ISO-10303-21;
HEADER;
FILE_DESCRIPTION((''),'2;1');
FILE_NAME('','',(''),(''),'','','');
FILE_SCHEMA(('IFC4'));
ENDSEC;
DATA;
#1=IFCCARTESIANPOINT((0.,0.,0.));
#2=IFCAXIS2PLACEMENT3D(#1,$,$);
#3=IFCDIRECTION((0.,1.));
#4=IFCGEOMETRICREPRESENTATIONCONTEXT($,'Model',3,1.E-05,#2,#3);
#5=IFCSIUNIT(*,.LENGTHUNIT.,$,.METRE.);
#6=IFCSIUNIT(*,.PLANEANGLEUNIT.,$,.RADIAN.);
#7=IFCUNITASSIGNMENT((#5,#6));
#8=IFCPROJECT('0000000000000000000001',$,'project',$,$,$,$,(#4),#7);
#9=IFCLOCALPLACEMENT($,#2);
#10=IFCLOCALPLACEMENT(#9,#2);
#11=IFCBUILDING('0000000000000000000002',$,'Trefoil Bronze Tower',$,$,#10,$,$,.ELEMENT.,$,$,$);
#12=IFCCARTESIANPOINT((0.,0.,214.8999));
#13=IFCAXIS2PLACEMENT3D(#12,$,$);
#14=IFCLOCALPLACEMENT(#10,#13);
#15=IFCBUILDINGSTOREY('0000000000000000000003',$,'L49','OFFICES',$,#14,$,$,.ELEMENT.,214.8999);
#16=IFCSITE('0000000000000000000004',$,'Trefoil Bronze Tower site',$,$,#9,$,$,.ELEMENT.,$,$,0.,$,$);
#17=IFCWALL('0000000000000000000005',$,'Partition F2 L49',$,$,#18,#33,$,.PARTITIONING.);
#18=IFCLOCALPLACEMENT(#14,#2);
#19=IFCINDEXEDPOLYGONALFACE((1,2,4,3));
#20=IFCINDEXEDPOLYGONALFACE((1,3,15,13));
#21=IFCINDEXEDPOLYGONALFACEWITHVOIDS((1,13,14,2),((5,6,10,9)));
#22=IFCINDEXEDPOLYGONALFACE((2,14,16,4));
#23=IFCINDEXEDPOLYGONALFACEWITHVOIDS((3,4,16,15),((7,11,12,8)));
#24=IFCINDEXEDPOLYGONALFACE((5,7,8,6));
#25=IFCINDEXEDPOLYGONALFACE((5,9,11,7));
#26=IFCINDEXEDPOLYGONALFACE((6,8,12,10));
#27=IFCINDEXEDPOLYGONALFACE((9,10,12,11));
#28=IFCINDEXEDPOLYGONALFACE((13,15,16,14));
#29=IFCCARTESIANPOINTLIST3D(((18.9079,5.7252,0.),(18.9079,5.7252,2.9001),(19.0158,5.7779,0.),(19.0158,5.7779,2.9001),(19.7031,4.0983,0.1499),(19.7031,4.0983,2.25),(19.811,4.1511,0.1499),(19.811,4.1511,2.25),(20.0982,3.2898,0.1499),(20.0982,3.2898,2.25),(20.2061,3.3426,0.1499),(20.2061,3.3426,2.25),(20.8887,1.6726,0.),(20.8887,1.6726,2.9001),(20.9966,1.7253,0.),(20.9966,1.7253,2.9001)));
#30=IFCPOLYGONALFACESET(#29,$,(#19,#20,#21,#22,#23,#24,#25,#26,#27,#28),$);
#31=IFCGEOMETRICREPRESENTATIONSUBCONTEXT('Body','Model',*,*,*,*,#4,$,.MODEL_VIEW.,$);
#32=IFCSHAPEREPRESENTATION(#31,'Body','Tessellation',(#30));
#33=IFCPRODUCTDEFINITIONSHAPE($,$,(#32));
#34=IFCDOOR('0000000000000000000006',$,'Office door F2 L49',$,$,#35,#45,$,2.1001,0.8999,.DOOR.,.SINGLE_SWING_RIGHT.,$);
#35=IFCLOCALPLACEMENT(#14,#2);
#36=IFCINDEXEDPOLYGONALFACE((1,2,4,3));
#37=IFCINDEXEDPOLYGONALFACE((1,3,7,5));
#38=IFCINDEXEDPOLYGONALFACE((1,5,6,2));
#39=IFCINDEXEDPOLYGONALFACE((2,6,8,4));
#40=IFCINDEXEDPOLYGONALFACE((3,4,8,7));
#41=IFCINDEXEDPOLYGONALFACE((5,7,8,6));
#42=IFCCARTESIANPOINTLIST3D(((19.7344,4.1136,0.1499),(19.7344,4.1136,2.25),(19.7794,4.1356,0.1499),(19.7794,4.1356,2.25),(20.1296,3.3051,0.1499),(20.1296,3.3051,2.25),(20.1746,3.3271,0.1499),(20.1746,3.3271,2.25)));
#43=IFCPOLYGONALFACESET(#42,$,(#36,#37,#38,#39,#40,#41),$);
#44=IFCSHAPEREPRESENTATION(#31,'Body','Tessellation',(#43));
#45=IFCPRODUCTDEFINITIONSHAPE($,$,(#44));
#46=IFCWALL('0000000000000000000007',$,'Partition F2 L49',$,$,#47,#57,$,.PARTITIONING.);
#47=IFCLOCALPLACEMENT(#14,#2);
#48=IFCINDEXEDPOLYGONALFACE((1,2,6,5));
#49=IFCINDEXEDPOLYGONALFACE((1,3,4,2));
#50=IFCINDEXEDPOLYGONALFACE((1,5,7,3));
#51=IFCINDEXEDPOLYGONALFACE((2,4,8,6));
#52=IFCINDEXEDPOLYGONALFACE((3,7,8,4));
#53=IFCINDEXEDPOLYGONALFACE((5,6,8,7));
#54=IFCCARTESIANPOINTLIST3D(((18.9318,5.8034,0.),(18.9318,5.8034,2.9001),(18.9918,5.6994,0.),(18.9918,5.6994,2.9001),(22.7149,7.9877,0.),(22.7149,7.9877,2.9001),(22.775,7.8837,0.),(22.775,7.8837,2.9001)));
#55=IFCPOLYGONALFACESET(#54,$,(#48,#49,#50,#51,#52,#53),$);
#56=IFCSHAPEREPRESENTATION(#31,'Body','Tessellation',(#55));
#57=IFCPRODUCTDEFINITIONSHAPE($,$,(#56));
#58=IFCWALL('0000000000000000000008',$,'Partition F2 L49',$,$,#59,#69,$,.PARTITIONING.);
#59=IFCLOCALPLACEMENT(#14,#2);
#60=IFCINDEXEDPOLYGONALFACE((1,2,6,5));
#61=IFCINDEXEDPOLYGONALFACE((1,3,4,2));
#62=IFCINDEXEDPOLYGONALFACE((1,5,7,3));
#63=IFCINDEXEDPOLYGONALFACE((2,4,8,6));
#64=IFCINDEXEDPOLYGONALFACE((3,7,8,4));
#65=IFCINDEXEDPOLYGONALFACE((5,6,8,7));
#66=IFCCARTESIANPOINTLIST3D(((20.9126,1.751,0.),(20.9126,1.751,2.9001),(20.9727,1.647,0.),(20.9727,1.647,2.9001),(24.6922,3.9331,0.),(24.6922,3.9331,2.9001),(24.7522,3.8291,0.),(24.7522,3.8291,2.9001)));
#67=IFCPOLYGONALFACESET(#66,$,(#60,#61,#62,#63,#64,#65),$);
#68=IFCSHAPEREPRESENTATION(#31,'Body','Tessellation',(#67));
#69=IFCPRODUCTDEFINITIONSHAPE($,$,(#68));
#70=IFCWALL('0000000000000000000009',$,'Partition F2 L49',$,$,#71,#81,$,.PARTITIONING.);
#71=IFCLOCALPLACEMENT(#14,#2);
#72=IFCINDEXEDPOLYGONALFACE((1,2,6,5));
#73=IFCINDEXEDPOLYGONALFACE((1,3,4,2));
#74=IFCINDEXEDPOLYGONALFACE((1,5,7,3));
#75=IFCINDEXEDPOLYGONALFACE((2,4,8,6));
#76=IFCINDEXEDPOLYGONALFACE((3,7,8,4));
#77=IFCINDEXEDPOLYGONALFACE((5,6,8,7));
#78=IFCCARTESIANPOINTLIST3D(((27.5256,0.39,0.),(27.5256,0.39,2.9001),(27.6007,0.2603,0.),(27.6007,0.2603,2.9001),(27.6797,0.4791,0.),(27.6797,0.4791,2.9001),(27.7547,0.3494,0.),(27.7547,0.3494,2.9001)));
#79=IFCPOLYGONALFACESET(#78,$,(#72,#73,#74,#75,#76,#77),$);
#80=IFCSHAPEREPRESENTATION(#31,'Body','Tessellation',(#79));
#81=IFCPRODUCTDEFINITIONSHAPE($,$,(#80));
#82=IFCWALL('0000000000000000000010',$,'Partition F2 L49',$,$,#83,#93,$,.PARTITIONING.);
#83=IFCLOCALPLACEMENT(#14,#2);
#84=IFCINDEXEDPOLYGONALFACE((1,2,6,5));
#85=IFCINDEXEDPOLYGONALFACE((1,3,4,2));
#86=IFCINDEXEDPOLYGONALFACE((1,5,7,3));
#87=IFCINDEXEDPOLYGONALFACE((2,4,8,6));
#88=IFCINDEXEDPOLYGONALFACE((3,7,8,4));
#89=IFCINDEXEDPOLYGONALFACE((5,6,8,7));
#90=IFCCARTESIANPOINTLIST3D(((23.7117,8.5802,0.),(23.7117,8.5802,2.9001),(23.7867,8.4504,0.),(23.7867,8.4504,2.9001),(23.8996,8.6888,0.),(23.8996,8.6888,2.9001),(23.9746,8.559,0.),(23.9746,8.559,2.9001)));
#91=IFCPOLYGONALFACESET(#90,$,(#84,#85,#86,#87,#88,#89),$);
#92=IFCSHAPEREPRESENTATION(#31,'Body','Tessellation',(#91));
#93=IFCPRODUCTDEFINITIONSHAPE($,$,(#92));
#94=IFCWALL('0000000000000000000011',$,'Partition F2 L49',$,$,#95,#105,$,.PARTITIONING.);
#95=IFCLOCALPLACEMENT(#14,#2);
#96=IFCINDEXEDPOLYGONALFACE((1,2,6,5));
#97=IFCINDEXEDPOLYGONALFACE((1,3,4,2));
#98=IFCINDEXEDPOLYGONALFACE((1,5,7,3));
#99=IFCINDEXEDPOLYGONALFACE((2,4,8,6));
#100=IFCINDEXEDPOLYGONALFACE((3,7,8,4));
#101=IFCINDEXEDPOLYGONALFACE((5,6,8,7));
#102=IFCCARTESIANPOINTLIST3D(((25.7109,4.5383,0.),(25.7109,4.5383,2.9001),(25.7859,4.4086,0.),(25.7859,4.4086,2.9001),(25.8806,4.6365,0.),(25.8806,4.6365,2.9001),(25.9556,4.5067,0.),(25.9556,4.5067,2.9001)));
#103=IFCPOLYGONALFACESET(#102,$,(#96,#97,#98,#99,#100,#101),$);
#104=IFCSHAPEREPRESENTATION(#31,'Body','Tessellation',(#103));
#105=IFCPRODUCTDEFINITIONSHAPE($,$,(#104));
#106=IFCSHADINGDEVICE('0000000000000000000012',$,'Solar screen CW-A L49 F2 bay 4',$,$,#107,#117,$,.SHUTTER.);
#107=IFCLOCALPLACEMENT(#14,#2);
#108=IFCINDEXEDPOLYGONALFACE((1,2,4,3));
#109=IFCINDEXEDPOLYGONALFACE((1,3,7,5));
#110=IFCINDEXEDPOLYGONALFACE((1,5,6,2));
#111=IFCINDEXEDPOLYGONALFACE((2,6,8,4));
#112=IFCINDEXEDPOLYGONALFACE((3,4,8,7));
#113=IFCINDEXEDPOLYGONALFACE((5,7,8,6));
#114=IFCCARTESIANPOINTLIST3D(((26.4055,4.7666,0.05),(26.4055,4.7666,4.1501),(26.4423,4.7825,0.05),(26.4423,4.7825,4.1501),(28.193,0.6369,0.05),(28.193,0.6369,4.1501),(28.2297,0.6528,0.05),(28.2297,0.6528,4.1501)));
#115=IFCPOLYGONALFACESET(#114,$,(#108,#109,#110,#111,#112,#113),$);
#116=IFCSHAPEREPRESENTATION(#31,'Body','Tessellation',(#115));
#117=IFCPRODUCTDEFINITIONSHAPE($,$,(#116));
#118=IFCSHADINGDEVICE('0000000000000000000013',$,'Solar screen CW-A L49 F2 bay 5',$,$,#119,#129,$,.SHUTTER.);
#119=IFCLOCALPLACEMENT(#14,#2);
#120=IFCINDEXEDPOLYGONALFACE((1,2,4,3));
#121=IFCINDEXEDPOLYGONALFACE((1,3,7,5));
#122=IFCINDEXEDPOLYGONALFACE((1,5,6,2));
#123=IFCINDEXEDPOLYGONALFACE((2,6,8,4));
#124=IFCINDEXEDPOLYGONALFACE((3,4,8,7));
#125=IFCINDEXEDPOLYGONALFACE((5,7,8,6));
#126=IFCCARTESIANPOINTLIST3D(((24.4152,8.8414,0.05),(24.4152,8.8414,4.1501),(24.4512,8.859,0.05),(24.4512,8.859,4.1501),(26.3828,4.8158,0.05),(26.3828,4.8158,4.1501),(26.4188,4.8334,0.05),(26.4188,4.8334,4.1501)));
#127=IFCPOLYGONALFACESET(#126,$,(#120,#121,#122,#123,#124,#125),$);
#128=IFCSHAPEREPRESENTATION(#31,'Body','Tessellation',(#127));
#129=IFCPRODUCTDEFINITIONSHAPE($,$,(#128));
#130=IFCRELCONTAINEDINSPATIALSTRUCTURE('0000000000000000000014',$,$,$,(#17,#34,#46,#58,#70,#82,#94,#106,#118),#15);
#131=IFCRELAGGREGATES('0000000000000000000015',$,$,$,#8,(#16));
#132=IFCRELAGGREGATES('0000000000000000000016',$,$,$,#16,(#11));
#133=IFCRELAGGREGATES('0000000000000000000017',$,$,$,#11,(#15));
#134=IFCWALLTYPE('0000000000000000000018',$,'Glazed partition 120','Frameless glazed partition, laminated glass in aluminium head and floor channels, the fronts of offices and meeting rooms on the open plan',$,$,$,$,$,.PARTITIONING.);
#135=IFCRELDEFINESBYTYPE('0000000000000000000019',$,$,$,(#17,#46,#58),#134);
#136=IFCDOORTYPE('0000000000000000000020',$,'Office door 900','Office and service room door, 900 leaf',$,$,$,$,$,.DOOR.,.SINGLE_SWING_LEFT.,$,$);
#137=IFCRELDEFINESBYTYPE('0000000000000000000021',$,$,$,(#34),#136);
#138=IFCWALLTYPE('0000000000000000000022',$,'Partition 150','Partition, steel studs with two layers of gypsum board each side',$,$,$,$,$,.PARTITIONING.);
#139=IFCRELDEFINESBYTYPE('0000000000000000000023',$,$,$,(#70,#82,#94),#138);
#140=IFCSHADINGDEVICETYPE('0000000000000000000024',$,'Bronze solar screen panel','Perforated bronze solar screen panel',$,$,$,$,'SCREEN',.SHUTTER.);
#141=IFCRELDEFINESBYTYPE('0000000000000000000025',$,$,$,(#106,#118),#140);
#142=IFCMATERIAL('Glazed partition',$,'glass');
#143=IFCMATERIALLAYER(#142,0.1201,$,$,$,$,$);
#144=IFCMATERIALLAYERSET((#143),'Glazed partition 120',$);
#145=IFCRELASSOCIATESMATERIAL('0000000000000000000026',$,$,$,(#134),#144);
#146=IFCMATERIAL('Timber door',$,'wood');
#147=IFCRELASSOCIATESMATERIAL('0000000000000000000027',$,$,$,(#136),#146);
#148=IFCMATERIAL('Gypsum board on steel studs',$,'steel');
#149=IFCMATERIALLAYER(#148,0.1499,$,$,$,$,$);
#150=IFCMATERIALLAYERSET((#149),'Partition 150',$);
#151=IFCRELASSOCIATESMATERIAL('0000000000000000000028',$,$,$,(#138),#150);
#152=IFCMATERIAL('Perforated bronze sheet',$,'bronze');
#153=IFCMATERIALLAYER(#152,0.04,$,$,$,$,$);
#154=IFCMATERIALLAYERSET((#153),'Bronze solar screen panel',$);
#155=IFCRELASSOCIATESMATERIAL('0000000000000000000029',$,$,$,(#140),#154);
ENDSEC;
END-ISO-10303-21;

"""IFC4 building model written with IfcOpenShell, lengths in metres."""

from ifc_helpers import new_model, si_unit, direction, frame, frame_2d, origin, origin_2d, place, context, subcontext, project, spatial, rectangle, extrude, material, layer, layer_set, type_object, element, fill, save


model = new_model("IFC4")

# Units and contexts
model_context = context("Model", 3, precision=1e-05, world=origin(), true_north=direction((0.0, 1.0)))
body_context = subcontext(model_context, "Body", "Model", "MODEL_VIEW")
ifc_project = project(units=[si_unit("LENGTHUNIT", "METRE"), si_unit("PLANEANGLEUNIT", "RADIAN")], contexts=[model_context])

# Site, building, storey
site_placement = place(None, origin())
site = spatial("IfcSite", under=ifc_project, at=site_placement, Name="Trefoil Bronze Tower site", CompositionType="ELEMENT", RefElevation=0.0)
building_placement = place(site_placement, origin())
building = spatial("IfcBuilding", under=site, at=building_placement, Name="Trefoil Bronze Tower", CompositionType="ELEMENT")
storey_placement = place(building_placement, frame((0.0, 0.0, 214.8999)))
storey = spatial("IfcBuildingStorey", under=building, at=storey_placement, Name="L49", Description="OFFICES", CompositionType="ELEMENT", Elevation=214.8999)

# Shared definitions
ifc_material_1 = material(Name="Glazed partition", Category="glass")
ifc_layer_1 = layer(ifc_material_1, 0.1201)
ifc_layer_set_1 = layer_set([ifc_layer_1], Name="Glazed partition 120")
wall_type_1 = type_object("IfcWallType", Name="Glazed partition 120", Description="Frameless glazed partition, laminated glass in aluminium head and floor channels, the fronts of offices and meeting rooms on the open plan", PredefinedType="PARTITIONING", material=ifc_layer_set_1)

# Wall, opening, door
wall_1_placement = place(storey_placement, frame((20.9426, 1.699, 0.0), z_axis=(0.0, 0.0, 1.0), x_axis=(-0.43912, 0.898428, 0.0)))
wall_1 = element("IfcWall", 1, at=wall_1_placement, inside=storey, type_object=wall_type_1, Name="Partition F2 L49", PredefinedType="PARTITIONING", context=body_context, shape_type="SweptSolid", body=[
    extrude(rectangle(XDim=4.5107, YDim=0.1201, at=frame_2d((2.2554, 0.0))), origin(), (0.0, 0.0, 1.0), 2.9001),
])
opening_1_placement = place(wall_1_placement, frame((1.8, 0.0, 0.1499)))
opening_1 = element("IfcOpeningElement", 2, at=opening_1_placement, cuts=wall_1, PredefinedType="OPENING", context=body_context, shape_type="SweptSolid", body=[
    extrude(rectangle(XDim=0.8999, YDim=2.1001, at=frame_2d((0.45, 1.05))), frame((0.0, 0.0701, 0.0), z_axis=(0.0, -1.0, 0.0), x_axis=(1.0, 0.0, 0.0)), (0.0, 0.0, 1.0), 0.1401),
])
ifc_material_2 = material(Name="Timber door", Category="wood")
door_type_1 = type_object("IfcDoorType", Name="Office door 900", Description="Office and service room door, 900 leaf", OperationType="SINGLE_SWING_LEFT", PredefinedType="DOOR", material=ifc_material_2)
door_1_placement = place(opening_1_placement, frame((0.8999, 0.0, 0.0), z_axis=(0.0, 0.0, 1.0), x_axis=(-1.0, 0.0, 0.0)))
door_1 = element("IfcDoor", 3, at=door_1_placement, inside=storey, type_object=door_type_1, Name="Office door F2 L49", OperationType="SINGLE_SWING_RIGHT", OverallHeight=2.1001, OverallWidth=0.8999, PredefinedType="DOOR", context=body_context, shape_type="SweptSolid", body=[
    extrude(rectangle(XDim=0.8999, YDim=2.1001, at=frame_2d((0.45, 1.05))), frame((0.0, 0.0249, 0.0), z_axis=(0.0, -1.0, 0.0), x_axis=(1.0, 0.0, 0.0)), (0.0, 0.0, 1.0), 0.05),
])
fill(opening_1, door_1)

# Walls
wall_2_placement = place(storey_placement, frame((18.9619, 5.7515, 0.0), z_axis=(0.0, 0.0, 1.0), x_axis=(0.866016, 0.500016, 0.0)))
element("IfcWall", 4, at=wall_2_placement, inside=storey, type_object=wall_type_1, Name="Partition F2 L49", PredefinedType="PARTITIONING", context=body_context, shape_type="SweptSolid", body=[
    extrude(rectangle(XDim=4.3684, YDim=0.1201, at=frame_2d((2.1841, 0.0))), origin(), (0.0, 0.0, 1.0), 2.9001),
])
wall_3_placement = place(storey_placement, frame((20.9426, 1.699, 0.0), z_axis=(0.0, 0.0, 1.0), x_axis=(0.866024, 0.500002, 0.0)))
element("IfcWall", 5, at=wall_3_placement, inside=storey, type_object=wall_type_1, Name="Partition F2 L49", PredefinedType="PARTITIONING", context=body_context, shape_type="SweptSolid", body=[
    extrude(rectangle(XDim=4.3643, YDim=0.1201, at=frame_2d((2.1821, 0.0))), origin(), (0.0, 0.0, 1.0), 2.9001),
])
ifc_material_3 = material(Name="Gypsum board on steel studs", Category="steel")
ifc_layer_2 = layer(ifc_material_3, 0.1499)
ifc_layer_set_2 = layer_set([ifc_layer_2], Name="Partition 150")
wall_type_2 = type_object("IfcWallType", Name="Partition 150", Description="Partition, steel studs with two layers of gypsum board each side", PredefinedType="PARTITIONING", material=ifc_layer_set_2)
wall_4_placement = place(storey_placement, frame((27.5632, 0.3252, 0.0), z_axis=(0.0, 0.0, 1.0), x_axis=(0.865614, 0.500712, 0.0)))
element("IfcWall", 6, at=wall_4_placement, inside=storey, type_object=wall_type_2, Name="Partition F2 L49", PredefinedType="PARTITIONING", context=body_context, shape_type="SweptSolid", body=[
    extrude(rectangle(XDim=0.178, YDim=0.1499, at=frame_2d((0.0889, 0.0))), origin(), (0.0, 0.0, 1.0), 2.9001),
])
wall_5_placement = place(storey_placement, frame((23.7493, 8.5154, 0.0), z_axis=(0.0, 0.0, 1.0), x_axis=(0.865811, 0.500371, 0.0)))
element("IfcWall", 7, at=wall_5_placement, inside=storey, type_object=wall_type_2, Name="Partition F2 L49", PredefinedType="PARTITIONING", context=body_context, shape_type="SweptSolid", body=[
    extrude(rectangle(XDim=0.217, YDim=0.1499, at=frame_2d((0.1084, 0.0))), origin(), (0.0, 0.0, 1.0), 2.9001),
])
wall_6_placement = place(storey_placement, frame((25.7483, 4.4734, 0.0), z_axis=(0.0, 0.0, 1.0), x_axis=(0.865625, 0.500693, 0.0)))
element("IfcWall", 8, at=wall_6_placement, inside=storey, type_object=wall_type_2, Name="Partition F2 L49", PredefinedType="PARTITIONING", context=body_context, shape_type="SweptSolid", body=[
    extrude(rectangle(XDim=0.196, YDim=0.1499, at=frame_2d((0.0981, 0.0))), origin(), (0.0, 0.0, 1.0), 2.9001),
])

# Shading devices
ifc_material_4 = material(Name="Perforated bronze sheet", Category="bronze")
ifc_layer_3 = layer(ifc_material_4, 0.04)
ifc_layer_set_3 = layer_set([ifc_layer_3], Name="Bronze solar screen panel")
shading_device_type = type_object("IfcShadingDeviceType", Name="Bronze solar screen panel", Description="Perforated bronze solar screen panel", ElementType="SCREEN", PredefinedType="SHUTTER", material=ifc_layer_set_3)
shading_device_1_placement = place(storey_placement, frame((27.3176, 2.7097, 0.05), z_axis=(0.0, 0.0, 1.0), x_axis=(-0.39722, 0.917723, 0.0)))
element("IfcShadingDevice", 9, at=shading_device_1_placement, inside=storey, type_object=shading_device_type, Name="Solar screen CW-A L49 F2 bay 4", PredefinedType="SHUTTER", context=body_context, shape_type="SweptSolid", body=[
    extrude(rectangle(XDim=4.5, YDim=0.04, at=origin_2d()), origin(), (0.0, 0.0, 1.0), 4.1001),
])
shading_device_2_placement = place(storey_placement, frame((25.417, 6.8374, 0.05), z_axis=(0.0, 0.0, 1.0), x_axis=(-0.439129, 0.898424, 0.0)))
element("IfcShadingDevice", 10, at=shading_device_2_placement, inside=storey, type_object=shading_device_type, Name="Solar screen CW-A L49 F2 bay 5", PredefinedType="SHUTTER", context=body_context, shape_type="SweptSolid", body=[
    extrude(rectangle(XDim=4.4807, YDim=0.04, at=origin_2d()), origin(), (0.0, 0.0, 1.0), 4.1001),
])

save(model, "model.ifc")
